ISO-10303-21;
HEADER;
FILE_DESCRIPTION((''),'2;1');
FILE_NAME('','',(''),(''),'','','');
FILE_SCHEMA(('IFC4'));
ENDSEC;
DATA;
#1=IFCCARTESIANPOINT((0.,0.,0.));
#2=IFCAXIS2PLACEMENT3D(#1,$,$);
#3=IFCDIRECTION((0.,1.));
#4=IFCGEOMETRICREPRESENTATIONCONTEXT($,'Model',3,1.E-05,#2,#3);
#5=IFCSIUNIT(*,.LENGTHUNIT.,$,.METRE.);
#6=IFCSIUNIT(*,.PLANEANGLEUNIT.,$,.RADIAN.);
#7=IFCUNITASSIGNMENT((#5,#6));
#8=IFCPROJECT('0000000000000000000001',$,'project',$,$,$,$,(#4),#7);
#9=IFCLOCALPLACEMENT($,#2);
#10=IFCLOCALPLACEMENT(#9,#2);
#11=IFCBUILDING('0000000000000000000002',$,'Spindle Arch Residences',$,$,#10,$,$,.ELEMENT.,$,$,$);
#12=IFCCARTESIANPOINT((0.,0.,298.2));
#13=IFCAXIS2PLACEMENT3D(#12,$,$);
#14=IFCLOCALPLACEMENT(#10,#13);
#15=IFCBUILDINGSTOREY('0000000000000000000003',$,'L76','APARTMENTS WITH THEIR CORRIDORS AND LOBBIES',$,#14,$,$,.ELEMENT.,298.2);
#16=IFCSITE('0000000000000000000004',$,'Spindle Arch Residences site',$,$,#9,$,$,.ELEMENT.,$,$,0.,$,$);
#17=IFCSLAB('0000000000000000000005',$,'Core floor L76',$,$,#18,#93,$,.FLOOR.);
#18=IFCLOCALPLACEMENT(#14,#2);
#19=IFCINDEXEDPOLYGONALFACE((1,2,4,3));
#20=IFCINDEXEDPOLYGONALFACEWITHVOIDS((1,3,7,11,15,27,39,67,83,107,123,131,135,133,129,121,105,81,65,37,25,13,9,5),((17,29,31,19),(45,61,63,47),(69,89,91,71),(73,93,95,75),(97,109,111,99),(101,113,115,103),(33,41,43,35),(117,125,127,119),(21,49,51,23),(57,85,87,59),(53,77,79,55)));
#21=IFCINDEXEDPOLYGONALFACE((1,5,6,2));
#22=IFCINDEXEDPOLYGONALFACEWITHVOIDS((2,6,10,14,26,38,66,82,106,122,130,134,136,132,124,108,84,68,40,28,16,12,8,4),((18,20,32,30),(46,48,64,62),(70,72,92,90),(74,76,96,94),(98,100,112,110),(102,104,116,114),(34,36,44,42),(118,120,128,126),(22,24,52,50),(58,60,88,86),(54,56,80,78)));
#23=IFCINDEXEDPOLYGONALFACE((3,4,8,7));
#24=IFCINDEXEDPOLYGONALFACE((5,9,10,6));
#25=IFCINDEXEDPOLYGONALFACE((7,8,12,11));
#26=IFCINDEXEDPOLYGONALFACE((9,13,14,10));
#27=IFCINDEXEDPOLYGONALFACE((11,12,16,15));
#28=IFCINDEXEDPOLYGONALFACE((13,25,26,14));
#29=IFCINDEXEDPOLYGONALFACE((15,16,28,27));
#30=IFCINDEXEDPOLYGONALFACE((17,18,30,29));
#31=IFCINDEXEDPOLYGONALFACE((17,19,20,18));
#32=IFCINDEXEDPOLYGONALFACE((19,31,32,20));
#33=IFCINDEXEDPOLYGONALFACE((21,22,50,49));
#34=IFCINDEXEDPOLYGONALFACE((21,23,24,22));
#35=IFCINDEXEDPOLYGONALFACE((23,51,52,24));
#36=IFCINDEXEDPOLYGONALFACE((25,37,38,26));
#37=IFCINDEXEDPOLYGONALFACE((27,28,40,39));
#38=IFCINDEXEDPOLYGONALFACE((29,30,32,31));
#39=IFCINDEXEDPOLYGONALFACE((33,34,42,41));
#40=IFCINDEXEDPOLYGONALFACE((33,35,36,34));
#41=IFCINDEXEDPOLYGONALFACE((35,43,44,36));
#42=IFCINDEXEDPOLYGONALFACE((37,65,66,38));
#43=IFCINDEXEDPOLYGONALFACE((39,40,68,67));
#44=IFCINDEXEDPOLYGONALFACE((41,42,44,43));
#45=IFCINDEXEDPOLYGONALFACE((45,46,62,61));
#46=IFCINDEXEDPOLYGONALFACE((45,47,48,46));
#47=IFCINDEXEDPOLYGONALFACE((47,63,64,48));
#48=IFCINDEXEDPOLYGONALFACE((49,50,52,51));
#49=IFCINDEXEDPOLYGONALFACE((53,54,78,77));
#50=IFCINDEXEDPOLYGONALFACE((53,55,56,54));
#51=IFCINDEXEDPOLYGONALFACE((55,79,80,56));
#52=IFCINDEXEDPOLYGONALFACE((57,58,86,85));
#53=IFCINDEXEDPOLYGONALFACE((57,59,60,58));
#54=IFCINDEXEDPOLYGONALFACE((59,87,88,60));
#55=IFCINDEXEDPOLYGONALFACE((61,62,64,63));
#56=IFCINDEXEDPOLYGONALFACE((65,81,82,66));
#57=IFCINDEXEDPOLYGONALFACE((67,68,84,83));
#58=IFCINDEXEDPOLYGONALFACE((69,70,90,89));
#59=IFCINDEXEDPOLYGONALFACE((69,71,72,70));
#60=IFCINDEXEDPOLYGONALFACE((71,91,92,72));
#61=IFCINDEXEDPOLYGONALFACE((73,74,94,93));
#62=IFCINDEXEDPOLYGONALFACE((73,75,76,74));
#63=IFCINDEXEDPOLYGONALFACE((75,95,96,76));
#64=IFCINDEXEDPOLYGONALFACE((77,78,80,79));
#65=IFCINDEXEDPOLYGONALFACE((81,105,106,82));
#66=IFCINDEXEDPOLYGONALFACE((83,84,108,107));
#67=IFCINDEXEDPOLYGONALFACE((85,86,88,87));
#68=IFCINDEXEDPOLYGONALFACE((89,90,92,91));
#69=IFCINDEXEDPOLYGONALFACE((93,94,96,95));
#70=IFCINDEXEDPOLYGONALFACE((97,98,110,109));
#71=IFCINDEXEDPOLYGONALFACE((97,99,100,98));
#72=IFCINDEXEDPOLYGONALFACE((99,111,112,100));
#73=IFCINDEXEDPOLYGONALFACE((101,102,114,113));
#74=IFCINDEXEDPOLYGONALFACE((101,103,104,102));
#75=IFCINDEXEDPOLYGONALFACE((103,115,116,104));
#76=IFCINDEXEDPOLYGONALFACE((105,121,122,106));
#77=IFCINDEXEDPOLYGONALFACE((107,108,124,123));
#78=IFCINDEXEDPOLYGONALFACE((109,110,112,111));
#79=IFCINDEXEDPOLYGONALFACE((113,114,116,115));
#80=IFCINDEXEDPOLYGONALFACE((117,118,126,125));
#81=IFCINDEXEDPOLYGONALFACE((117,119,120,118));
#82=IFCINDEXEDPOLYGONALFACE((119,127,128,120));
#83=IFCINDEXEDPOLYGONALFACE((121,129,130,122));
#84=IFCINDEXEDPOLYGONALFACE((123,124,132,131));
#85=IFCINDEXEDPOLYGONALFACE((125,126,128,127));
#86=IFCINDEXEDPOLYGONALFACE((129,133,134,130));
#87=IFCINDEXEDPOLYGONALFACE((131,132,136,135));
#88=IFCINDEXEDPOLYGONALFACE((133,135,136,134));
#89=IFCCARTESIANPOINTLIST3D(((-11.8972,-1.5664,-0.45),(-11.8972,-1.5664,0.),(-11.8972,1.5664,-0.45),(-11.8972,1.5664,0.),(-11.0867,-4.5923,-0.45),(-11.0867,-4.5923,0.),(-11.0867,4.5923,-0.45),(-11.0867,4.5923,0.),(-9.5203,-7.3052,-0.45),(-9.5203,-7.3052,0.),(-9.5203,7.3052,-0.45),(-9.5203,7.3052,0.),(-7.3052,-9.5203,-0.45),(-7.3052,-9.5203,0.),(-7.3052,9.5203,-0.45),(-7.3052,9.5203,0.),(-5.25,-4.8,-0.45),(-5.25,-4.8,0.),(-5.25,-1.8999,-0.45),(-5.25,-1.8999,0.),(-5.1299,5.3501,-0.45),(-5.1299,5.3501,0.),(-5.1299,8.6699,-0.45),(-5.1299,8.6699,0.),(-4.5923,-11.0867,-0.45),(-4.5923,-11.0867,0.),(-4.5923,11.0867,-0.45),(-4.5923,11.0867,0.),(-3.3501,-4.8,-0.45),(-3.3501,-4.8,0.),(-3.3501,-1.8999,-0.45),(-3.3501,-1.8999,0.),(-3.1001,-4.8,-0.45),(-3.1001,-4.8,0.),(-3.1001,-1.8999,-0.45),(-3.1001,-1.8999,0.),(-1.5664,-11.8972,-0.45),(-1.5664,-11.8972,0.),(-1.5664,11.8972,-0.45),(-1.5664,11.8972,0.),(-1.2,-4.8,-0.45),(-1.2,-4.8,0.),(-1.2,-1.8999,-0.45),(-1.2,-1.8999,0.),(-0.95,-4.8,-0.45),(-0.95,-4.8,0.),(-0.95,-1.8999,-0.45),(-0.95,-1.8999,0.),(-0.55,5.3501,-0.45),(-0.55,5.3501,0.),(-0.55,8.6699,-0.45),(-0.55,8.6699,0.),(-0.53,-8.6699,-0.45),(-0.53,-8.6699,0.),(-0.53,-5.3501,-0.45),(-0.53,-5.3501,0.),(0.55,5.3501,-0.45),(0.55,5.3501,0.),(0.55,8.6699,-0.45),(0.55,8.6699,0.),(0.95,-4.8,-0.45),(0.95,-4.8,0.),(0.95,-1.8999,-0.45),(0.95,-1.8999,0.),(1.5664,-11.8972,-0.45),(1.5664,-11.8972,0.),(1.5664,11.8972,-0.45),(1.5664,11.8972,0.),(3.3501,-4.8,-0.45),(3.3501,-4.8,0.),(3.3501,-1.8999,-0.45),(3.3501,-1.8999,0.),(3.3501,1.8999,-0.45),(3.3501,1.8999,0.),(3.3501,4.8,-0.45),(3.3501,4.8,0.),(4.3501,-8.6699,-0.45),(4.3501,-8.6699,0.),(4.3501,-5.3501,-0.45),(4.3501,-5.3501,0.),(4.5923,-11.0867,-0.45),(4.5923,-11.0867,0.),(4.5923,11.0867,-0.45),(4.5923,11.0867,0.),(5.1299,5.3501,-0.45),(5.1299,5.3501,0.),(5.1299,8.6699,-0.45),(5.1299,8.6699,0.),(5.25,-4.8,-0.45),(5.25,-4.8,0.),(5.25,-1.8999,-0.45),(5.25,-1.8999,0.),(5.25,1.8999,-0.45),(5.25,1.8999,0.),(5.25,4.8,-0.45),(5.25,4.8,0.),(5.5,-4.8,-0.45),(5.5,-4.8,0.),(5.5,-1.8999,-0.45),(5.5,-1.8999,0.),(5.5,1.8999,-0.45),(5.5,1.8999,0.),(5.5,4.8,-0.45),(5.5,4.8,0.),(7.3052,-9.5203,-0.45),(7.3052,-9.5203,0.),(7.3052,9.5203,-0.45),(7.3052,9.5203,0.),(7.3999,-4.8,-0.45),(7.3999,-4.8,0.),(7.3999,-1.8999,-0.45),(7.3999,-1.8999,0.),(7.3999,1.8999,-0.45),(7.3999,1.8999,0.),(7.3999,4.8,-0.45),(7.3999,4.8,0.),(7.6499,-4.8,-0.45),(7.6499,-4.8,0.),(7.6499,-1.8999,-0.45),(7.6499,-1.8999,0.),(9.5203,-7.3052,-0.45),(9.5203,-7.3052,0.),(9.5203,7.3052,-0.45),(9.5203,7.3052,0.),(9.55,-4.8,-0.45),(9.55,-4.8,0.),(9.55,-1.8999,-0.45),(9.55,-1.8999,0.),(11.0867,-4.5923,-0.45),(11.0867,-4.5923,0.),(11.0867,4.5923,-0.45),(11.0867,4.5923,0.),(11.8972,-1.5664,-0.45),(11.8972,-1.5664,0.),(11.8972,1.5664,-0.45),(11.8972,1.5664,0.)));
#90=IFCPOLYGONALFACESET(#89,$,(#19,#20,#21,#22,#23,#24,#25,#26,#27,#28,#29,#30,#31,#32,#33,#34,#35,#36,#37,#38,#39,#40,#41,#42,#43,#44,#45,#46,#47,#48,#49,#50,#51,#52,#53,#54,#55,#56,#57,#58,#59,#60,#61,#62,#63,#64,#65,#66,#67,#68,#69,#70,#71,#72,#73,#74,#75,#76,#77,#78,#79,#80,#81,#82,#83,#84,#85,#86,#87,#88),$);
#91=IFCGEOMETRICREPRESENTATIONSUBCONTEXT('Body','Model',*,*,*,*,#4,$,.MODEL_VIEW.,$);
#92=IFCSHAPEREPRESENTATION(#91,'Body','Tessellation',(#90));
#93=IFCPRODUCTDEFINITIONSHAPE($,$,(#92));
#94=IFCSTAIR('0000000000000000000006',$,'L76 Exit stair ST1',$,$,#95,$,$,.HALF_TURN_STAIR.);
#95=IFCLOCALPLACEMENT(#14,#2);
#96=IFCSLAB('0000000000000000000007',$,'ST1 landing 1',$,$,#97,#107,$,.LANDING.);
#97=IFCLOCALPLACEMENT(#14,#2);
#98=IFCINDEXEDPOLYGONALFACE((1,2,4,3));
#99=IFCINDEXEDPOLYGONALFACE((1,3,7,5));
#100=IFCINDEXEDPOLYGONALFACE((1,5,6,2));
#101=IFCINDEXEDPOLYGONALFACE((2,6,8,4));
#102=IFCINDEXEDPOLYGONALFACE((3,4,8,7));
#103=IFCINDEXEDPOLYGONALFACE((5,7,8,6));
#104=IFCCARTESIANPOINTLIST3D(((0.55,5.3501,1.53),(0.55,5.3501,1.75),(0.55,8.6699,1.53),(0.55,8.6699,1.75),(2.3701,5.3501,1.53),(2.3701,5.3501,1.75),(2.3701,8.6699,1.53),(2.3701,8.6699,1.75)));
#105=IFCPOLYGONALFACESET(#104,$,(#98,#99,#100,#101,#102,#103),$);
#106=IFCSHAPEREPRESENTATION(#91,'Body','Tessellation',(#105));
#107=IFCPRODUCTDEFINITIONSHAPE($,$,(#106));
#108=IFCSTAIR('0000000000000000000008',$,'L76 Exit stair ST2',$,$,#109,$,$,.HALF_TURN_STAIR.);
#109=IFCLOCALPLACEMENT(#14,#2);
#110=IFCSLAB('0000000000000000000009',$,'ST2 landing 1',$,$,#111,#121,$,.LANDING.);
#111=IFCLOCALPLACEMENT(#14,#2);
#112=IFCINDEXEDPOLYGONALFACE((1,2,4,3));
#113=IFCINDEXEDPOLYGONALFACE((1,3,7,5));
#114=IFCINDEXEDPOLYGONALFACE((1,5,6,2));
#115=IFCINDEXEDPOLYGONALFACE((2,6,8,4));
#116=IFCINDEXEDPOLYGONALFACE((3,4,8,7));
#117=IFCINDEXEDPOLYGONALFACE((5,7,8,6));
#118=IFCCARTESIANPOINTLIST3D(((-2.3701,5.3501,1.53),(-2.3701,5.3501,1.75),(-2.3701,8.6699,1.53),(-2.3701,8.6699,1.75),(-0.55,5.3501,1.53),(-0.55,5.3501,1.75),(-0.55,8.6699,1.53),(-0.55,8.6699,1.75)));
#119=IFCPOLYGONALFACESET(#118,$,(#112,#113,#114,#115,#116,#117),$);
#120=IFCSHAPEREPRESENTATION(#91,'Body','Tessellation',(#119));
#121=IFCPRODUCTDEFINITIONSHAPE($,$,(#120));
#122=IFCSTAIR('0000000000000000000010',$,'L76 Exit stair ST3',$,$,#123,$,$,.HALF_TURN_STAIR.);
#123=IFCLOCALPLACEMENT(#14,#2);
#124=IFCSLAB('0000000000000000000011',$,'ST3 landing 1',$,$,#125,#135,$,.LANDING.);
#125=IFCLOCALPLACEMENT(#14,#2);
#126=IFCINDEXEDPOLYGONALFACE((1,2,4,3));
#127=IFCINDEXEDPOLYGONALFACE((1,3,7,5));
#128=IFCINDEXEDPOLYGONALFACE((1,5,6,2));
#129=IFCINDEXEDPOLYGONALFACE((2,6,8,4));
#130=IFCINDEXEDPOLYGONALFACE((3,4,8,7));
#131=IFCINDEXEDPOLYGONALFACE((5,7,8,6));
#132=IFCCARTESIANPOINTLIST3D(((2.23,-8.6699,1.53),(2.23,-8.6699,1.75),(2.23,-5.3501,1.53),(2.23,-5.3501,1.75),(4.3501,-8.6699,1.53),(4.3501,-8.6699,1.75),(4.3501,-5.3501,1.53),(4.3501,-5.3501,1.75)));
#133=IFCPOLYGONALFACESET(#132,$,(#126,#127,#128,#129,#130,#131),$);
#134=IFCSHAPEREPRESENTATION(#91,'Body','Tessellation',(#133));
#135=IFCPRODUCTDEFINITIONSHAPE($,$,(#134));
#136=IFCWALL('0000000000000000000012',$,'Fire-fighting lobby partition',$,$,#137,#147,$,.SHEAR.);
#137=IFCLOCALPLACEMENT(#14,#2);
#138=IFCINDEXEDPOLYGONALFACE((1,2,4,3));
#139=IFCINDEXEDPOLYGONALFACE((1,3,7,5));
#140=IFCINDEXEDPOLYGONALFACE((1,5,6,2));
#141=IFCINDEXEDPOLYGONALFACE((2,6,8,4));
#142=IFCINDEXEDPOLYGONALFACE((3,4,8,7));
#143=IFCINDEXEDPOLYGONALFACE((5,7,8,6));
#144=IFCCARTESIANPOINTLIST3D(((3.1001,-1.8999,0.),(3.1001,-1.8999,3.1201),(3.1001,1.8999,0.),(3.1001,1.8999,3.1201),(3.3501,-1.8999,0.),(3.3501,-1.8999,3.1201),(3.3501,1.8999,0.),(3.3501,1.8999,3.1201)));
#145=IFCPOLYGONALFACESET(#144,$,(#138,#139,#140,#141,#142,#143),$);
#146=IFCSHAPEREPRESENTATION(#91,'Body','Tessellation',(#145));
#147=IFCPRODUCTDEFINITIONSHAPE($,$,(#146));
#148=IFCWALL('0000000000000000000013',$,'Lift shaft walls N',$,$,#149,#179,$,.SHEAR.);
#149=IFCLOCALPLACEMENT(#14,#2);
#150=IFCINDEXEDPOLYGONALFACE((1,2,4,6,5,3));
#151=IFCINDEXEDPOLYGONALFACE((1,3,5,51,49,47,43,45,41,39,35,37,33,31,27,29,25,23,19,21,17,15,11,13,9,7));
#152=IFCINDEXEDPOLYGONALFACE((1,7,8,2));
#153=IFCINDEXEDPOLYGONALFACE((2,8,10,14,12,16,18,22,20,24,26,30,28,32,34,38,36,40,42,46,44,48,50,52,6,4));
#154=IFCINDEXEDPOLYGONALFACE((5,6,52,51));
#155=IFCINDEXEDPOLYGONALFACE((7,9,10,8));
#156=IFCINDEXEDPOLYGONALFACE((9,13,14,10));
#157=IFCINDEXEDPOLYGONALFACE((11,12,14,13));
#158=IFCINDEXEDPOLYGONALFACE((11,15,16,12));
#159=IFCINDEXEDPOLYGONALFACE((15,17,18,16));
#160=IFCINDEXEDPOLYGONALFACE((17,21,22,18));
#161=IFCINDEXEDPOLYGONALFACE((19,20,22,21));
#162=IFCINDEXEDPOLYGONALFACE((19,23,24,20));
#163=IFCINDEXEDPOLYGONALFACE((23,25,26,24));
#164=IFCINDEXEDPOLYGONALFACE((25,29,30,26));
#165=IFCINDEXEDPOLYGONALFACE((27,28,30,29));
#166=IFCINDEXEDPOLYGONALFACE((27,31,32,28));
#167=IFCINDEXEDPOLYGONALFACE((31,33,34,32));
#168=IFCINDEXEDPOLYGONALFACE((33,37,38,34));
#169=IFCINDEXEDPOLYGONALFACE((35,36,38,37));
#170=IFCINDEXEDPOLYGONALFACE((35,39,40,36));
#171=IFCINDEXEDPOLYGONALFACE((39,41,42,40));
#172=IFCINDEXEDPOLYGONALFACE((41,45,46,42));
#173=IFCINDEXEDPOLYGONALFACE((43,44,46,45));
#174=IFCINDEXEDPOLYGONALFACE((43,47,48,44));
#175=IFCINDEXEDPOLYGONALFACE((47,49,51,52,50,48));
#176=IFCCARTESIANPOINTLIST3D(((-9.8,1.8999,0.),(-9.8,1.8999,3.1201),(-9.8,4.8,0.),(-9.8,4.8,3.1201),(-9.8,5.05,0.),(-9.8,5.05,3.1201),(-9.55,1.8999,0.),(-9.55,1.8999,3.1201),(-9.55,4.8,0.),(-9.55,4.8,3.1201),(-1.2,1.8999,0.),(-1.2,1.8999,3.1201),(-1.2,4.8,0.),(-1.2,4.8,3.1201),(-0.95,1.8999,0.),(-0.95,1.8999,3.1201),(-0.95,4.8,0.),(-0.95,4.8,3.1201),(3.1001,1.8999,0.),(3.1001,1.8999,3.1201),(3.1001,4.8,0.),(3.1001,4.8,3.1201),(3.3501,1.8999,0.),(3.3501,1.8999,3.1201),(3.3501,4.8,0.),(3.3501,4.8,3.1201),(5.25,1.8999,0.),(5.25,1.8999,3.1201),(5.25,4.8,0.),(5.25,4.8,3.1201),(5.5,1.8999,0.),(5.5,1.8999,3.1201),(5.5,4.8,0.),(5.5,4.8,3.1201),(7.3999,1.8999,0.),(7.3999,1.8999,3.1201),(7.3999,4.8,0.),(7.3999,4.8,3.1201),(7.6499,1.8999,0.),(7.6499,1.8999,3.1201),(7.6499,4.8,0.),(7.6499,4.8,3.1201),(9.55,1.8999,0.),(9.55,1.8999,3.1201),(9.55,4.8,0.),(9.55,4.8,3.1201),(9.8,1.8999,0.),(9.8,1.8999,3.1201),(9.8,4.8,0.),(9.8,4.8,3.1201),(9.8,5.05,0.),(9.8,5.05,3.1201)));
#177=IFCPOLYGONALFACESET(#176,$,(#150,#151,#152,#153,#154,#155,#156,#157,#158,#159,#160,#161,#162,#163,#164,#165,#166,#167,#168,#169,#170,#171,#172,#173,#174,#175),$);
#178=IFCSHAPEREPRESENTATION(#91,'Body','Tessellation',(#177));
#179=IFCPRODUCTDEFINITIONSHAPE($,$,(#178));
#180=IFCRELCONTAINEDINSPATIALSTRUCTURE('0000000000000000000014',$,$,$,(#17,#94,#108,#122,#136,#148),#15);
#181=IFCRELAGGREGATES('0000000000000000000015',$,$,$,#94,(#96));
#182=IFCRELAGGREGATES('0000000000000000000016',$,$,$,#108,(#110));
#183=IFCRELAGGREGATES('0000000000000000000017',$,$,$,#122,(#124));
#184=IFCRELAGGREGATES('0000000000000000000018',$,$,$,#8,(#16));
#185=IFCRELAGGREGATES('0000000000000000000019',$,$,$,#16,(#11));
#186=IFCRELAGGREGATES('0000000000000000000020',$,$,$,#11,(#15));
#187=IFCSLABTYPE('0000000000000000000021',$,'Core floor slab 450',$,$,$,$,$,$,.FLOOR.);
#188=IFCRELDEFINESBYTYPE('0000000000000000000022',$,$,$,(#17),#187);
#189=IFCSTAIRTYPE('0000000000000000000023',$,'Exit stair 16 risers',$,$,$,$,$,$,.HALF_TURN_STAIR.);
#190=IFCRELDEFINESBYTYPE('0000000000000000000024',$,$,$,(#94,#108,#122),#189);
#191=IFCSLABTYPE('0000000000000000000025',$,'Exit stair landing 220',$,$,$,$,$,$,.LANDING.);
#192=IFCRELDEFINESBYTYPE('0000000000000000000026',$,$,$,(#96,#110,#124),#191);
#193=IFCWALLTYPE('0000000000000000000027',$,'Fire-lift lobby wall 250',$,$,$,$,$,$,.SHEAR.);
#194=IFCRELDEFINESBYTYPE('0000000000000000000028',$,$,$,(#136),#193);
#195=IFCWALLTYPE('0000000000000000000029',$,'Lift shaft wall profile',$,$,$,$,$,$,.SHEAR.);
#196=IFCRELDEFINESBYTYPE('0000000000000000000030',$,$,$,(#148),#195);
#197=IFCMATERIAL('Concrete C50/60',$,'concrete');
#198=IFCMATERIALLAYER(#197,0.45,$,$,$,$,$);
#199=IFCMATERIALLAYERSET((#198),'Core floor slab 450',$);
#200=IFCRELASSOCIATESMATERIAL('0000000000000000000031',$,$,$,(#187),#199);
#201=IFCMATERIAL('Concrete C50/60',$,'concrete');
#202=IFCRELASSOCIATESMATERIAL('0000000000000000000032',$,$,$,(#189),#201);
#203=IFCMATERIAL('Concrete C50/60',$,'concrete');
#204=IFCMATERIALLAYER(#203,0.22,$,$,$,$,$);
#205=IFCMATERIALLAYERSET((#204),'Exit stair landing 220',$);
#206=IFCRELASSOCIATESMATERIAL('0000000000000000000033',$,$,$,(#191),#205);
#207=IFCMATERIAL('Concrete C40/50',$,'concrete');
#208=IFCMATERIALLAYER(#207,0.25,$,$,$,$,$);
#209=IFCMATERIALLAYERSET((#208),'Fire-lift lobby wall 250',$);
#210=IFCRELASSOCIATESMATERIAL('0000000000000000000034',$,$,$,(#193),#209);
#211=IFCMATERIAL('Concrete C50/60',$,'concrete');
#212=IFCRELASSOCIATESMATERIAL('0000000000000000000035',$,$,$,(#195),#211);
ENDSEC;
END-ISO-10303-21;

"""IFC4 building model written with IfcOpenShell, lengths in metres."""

from ifc_helpers import new_model, si_unit, direction, frame, frame_2d, origin, place, context, subcontext, project, spatial, polyline, rectangle, outline, extrude, material, layer, layer_set, type_object, element, aggregate, save


model = new_model("IFC4")

# Units and contexts
model_context = context("Model", 3, precision=1e-05, world=origin(), true_north=direction((0.0, 1.0)))
body_context = subcontext(model_context, "Body", "Model", "MODEL_VIEW")
ifc_project = project(units=[si_unit("LENGTHUNIT", "METRE"), si_unit("PLANEANGLEUNIT", "RADIAN")], contexts=[model_context])

# Site, building, storey
site_placement = place(None, origin())
site = spatial("IfcSite", under=ifc_project, at=site_placement, Name="Spindle Arch Residences site", CompositionType="ELEMENT", RefElevation=0.0)
building_placement = place(site_placement, origin())
building = spatial("IfcBuilding", under=site, at=building_placement, Name="Spindle Arch Residences", CompositionType="ELEMENT")
storey_placement = place(building_placement, frame((0.0, 0.0, 298.2)))
storey = spatial("IfcBuildingStorey", under=building, at=storey_placement, Name="L76", Description="APARTMENTS WITH THEIR CORRIDORS AND LOBBIES", CompositionType="ELEMENT", Elevation=298.2)

# Slab
ifc_material_1 = material(Name="Concrete C50/60", Category="concrete")
ifc_layer_1 = layer(ifc_material_1, 0.45)
ifc_layer_set_1 = layer_set([ifc_layer_1], Name="Core floor slab 450")
slab_type_1 = type_object("IfcSlabType", Name="Core floor slab 450", PredefinedType="FLOOR", material=ifc_layer_set_1)
slab_1_placement = place(storey_placement, frame((0.0, 0.0, -0.45)))
element("IfcSlab", 1, at=slab_1_placement, inside=storey, type_object=slab_type_1, Name="Core floor L76", PredefinedType="FLOOR", context=body_context, shape_type="SweptSolid", body=[
    extrude(outline(polyline([(1.5664, -11.8972), (4.5923, -11.0867), (7.3052, -9.5203), (9.5203, -7.3052), (11.0867, -4.5923), (11.8972, -1.5664), (11.8972, 1.5664), (11.0867, 4.5923), (9.5203, 7.3052), (7.3052, 9.5203), (4.5923, 11.0867), (1.5664, 11.8972), (-1.5664, 11.8972), (-4.5923, 11.0867), (-7.3052, 9.5203), (-9.5203, 7.3052), (-11.0867, 4.5923), (-11.8972, 1.5664), (-11.8972, -1.5664), (-11.0867, -4.5923), (-9.5203, -7.3052), (-7.3052, -9.5203), (-4.5923, -11.0867), (-1.5664, -11.8972), (1.5664, -11.8972)]), holes=[polyline([(3.3501, 1.8999), (5.25, 1.8999), (5.25, 4.8), (3.3501, 4.8), (3.3501, 1.8999)]), polyline([(5.5, 1.8999), (7.3999, 1.8999), (7.3999, 4.8), (5.5, 4.8), (5.5, 1.8999)]), polyline([(-5.25, -4.8), (-3.3501, -4.8), (-3.3501, -1.8999), (-5.25, -1.8999), (-5.25, -4.8)]), polyline([(-3.1001, -4.8), (-1.2, -4.8), (-1.2, -1.8999), (-3.1001, -1.8999), (-3.1001, -4.8)]), polyline([(-0.95, -4.8), (0.95, -4.8), (0.95, -1.8999), (-0.95, -1.8999), (-0.95, -4.8)]), polyline([(3.3501, -4.8), (5.25, -4.8), (5.25, -1.8999), (3.3501, -1.8999), (3.3501, -4.8)]), polyline([(5.5, -4.8), (7.3999, -4.8), (7.3999, -1.8999), (5.5, -1.8999), (5.5, -4.8)]), polyline([(7.6499, -4.8), (9.55, -4.8), (9.55, -1.8999), (7.6499, -1.8999), (7.6499, -4.8)]), polyline([(5.1299, 8.6699), (0.55, 8.6699), (0.55, 5.3501), (5.1299, 5.3501), (5.1299, 8.6699)]), polyline([(-5.1299, 5.3501), (-0.55, 5.3501), (-0.55, 8.6699), (-5.1299, 8.6699), (-5.1299, 5.3501)]), polyline([(-0.53, -8.6699), (4.3501, -8.6699), (4.3501, -5.3501), (-0.53, -5.3501), (-0.53, -8.6699)])]), origin(), (0.0, 0.0, 1.0), 0.45),
])

# Stairs, slabs
ifc_material_2 = material(Name="Concrete C50/60", Category="concrete")
stair_type = type_object("IfcStairType", Name="Exit stair 16 risers", PredefinedType="HALF_TURN_STAIR", material=ifc_material_2)
stair_1_placement = place(storey_placement, origin())
stair_1 = element("IfcStair", 2, at=stair_1_placement, inside=storey, type_object=stair_type, Name="L76 Exit stair ST1", PredefinedType="HALF_TURN_STAIR")
ifc_material_3 = material(Name="Concrete C50/60", Category="concrete")
ifc_layer_2 = layer(ifc_material_3, 0.22)
ifc_layer_set_2 = layer_set([ifc_layer_2], Name="Exit stair landing 220")
slab_type_2 = type_object("IfcSlabType", Name="Exit stair landing 220", PredefinedType="LANDING", material=ifc_layer_set_2)
slab_2_placement = place(storey_placement, frame((0.0, 0.0, 1.53)))
slab_2 = element("IfcSlab", 3, at=slab_2_placement, type_object=slab_type_2, Name="ST1 landing 1", PredefinedType="LANDING", context=body_context, shape_type="SweptSolid", body=[
    extrude(outline(polyline([(2.3701, 8.6699), (0.55, 8.6699), (0.55, 5.3501), (2.3701, 5.3501), (2.3701, 8.6699)])), origin(), (0.0, 0.0, 1.0), 0.22),
])
aggregate(stair_1, [slab_2])
stair_2_placement = place(storey_placement, origin())
stair_2 = element("IfcStair", 4, at=stair_2_placement, inside=storey, type_object=stair_type, Name="L76 Exit stair ST2", PredefinedType="HALF_TURN_STAIR")
slab_3_placement = place(storey_placement, frame((0.0, 0.0, 1.53)))
slab_3 = element("IfcSlab", 5, at=slab_3_placement, type_object=slab_type_2, Name="ST2 landing 1", PredefinedType="LANDING", context=body_context, shape_type="SweptSolid", body=[
    extrude(outline(polyline([(-2.3701, 5.3501), (-0.55, 5.3501), (-0.55, 8.6699), (-2.3701, 8.6699), (-2.3701, 5.3501)])), origin(), (0.0, 0.0, 1.0), 0.22),
])
aggregate(stair_2, [slab_3])
stair_3_placement = place(storey_placement, origin())
stair_3 = element("IfcStair", 6, at=stair_3_placement, inside=storey, type_object=stair_type, Name="L76 Exit stair ST3", PredefinedType="HALF_TURN_STAIR")
slab_4_placement = place(storey_placement, frame((0.0, 0.0, 1.53)))
slab_4 = element("IfcSlab", 7, at=slab_4_placement, type_object=slab_type_2, Name="ST3 landing 1", PredefinedType="LANDING", context=body_context, shape_type="SweptSolid", body=[
    extrude(outline(polyline([(2.23, -8.6699), (4.3501, -8.6699), (4.3501, -5.3501), (2.23, -5.3501), (2.23, -8.6699)])), origin(), (0.0, 0.0, 1.0), 0.22),
])

# Wall
ifc_material_4 = material(Name="Concrete C40/50", Category="concrete")
ifc_layer_3 = layer(ifc_material_4, 0.25)
ifc_layer_set_3 = layer_set([ifc_layer_3], Name="Fire-lift lobby wall 250")
wall_type_1 = type_object("IfcWallType", Name="Fire-lift lobby wall 250", PredefinedType="SHEAR", material=ifc_layer_set_3)
wall_1_placement = place(storey_placement, frame((3.2251, -1.8999, 0.0), z_axis=(0.0, 0.0, 1.0), x_axis=(0.0, 1.0, 0.0)))
element("IfcWall", 8, at=wall_1_placement, inside=storey, type_object=wall_type_1, Name="Fire-fighting lobby partition", PredefinedType="SHEAR", context=body_context, shape_type="SweptSolid", body=[
    extrude(rectangle(XDim=3.7998, YDim=0.25, at=frame_2d((1.8999, 0.0))), origin(), (0.0, 0.0, 1.0), 3.1201),
])

# Wall
ifc_material_5 = material(Name="Concrete C50/60", Category="concrete")
wall_type_2 = type_object("IfcWallType", Name="Lift shaft wall profile", PredefinedType="SHEAR", material=ifc_material_5)
wall_2_placement = place(storey_placement, origin())
element("IfcWall", 9, at=wall_2_placement, inside=storey, type_object=wall_type_2, Name="Lift shaft walls N", PredefinedType="SHEAR", context=body_context, shape_type="SweptSolid", body=[
    extrude(outline(polyline([(-9.8, 1.8999), (-9.55, 1.8999), (-9.55, 4.8), (-1.2, 4.8), (-1.2, 1.8999), (-0.95, 1.8999), (-0.95, 4.8), (3.1001, 4.8), (3.1001, 1.8999), (3.3501, 1.8999), (3.3501, 4.8), (5.25, 4.8), (5.25, 1.8999), (5.5, 1.8999), (5.5, 4.8), (7.3999, 4.8), (7.3999, 1.8999), (7.6499, 1.8999), (7.6499, 4.8), (9.55, 4.8), (9.55, 1.8999), (9.8, 1.8999), (9.8, 4.8), (9.8, 5.05), (-9.8, 5.05), (-9.8, 4.8), (-9.8, 1.8999)])), origin(), (0.0, 0.0, 1.0), 3.1201),
])

aggregate(stair_3, [slab_4])

save(model, "model.ifc")
